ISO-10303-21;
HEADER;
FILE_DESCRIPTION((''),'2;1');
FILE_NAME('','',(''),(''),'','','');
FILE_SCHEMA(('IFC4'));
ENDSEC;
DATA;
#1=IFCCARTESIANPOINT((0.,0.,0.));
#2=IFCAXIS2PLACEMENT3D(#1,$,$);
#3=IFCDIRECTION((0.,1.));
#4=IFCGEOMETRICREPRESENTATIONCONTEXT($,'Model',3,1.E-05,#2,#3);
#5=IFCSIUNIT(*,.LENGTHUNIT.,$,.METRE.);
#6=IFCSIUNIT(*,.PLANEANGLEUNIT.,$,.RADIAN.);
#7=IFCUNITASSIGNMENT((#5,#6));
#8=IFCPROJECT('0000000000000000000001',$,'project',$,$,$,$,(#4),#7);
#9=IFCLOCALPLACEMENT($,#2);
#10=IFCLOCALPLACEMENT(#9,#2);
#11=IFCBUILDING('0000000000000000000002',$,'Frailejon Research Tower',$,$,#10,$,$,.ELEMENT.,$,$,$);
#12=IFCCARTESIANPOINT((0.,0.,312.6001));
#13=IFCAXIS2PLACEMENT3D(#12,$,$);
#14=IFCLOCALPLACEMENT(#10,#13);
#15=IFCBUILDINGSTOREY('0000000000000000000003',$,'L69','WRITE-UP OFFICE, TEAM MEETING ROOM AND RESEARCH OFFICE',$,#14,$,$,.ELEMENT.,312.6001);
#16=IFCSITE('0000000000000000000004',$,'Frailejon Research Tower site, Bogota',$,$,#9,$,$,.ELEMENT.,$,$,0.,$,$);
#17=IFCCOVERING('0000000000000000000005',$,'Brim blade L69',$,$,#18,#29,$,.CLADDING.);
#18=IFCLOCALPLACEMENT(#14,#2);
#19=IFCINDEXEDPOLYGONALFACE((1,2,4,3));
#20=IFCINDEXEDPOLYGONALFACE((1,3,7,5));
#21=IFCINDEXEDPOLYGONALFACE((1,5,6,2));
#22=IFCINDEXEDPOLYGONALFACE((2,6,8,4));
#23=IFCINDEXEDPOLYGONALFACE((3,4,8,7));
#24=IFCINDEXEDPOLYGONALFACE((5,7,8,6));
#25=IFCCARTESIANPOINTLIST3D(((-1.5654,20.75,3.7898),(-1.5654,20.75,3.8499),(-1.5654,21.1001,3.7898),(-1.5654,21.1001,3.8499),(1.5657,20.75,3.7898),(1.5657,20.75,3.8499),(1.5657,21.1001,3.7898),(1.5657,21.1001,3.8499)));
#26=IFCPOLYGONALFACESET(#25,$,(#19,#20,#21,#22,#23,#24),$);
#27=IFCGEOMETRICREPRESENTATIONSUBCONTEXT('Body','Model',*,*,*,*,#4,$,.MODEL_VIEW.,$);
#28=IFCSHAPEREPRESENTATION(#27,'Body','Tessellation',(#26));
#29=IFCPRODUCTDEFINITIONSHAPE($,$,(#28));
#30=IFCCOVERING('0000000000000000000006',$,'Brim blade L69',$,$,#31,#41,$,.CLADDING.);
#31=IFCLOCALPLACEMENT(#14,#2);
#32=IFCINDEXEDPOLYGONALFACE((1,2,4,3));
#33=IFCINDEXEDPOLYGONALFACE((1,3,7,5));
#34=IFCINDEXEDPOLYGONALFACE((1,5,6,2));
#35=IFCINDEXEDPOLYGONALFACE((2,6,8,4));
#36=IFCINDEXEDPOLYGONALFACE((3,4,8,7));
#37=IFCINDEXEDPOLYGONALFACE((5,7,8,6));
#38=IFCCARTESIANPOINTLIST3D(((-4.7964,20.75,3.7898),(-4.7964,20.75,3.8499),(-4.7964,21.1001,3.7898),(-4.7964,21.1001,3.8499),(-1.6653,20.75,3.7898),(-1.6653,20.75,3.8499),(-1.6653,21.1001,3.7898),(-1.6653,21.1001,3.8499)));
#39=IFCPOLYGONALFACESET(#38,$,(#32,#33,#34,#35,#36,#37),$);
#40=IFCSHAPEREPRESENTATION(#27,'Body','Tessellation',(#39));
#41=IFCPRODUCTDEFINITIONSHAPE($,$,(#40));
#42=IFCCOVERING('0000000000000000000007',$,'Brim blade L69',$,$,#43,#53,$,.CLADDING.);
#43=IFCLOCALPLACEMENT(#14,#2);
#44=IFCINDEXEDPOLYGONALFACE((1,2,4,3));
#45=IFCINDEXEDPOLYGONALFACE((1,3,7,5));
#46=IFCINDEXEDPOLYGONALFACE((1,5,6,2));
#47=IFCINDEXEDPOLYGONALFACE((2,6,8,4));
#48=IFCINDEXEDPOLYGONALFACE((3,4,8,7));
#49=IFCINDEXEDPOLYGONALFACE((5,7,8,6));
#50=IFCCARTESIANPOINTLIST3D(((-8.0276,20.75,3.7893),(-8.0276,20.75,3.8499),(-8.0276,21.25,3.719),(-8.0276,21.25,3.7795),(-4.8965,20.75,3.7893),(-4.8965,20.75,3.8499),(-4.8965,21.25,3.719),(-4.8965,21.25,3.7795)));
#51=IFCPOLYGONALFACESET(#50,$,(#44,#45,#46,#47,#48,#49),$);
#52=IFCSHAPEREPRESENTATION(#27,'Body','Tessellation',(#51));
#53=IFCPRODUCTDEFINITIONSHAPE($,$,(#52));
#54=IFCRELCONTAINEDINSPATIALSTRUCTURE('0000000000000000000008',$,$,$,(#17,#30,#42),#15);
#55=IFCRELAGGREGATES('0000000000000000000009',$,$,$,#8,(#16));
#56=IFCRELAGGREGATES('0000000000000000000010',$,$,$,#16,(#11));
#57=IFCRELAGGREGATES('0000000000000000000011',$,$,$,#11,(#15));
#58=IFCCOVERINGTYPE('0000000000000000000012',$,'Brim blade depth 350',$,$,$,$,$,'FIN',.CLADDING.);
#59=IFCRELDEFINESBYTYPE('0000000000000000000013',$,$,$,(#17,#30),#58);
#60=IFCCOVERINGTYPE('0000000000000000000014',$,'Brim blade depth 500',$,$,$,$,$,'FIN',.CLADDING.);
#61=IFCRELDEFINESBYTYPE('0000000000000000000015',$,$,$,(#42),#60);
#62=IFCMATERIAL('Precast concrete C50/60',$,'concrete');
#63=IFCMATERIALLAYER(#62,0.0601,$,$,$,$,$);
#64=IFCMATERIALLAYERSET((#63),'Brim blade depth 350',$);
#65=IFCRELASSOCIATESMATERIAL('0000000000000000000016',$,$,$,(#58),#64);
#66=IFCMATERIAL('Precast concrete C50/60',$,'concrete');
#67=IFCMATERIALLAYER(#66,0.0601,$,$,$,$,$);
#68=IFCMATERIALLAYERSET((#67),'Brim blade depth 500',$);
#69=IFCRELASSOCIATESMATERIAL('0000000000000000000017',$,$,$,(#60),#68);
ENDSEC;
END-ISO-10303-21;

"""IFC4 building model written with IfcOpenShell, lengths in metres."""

from ifc_helpers import new_model, si_unit, direction, frame, origin, place, context, subcontext, project, spatial, polyline, outline, extrude, material, layer, layer_set, type_object, element, save


model = new_model("IFC4")

# Units and contexts
model_context = context("Model", 3, precision=1e-05, world=origin(), true_north=direction((0.0, 1.0)))
body_context = subcontext(model_context, "Body", "Model", "MODEL_VIEW")
ifc_project = project(units=[si_unit("LENGTHUNIT", "METRE"), si_unit("PLANEANGLEUNIT", "RADIAN")], contexts=[model_context])

# Site, building, storey
site_placement = place(None, origin())
site = spatial("IfcSite", under=ifc_project, at=site_placement, Name="Frailejon Research Tower site, Bogota", CompositionType="ELEMENT", RefElevation=0.0)
building_placement = place(site_placement, origin())
building = spatial("IfcBuilding", under=site, at=building_placement, Name="Frailejon Research Tower", CompositionType="ELEMENT")
storey_placement = place(building_placement, frame((0.0, 0.0, 312.6001)))
storey = spatial("IfcBuildingStorey", under=building, at=storey_placement, Name="L69", Description="WRITE-UP OFFICE, TEAM MEETING ROOM AND RESEARCH OFFICE", CompositionType="ELEMENT", Elevation=312.6001)

# Coverings
ifc_material_1 = material(Name="Precast concrete C50/60", Category="concrete")
ifc_layer_1 = layer(ifc_material_1, 0.0601)
ifc_layer_set_1 = layer_set([ifc_layer_1], Name="Brim blade depth 350")
covering_type_1 = type_object("IfcCoveringType", Name="Brim blade depth 350", ElementType="FIN", PredefinedType="CLADDING", material=ifc_layer_set_1)
for number, where, z_axis, x_axis, name in (
    (1, (-1.5654, 20.75, 3.8499), (1.0, 0.0, 0.0), (0.0, 1.0, 0.0), "Brim blade L69"),
    (2, (-4.7964, 20.75, 3.8499), (1.0, 0.0, 0.0), (0.0, 1.0, 0.0), "Brim blade L69"),
):
    element("IfcCovering", number, at=place(storey_placement, frame(where, z_axis=z_axis, x_axis=x_axis)), inside=storey, type_object=covering_type_1, Name=name, PredefinedType="CLADDING", context=body_context, shape_type="SweptSolid", body=[
        extrude(outline(polyline([(0.0, -0.0601), (0.3501, -0.0601), (0.3501, 0.0), (0.0, 0.0), (0.0, -0.0601)])), origin(), (0.0, 0.0, 1.0), 3.1311),
    ])
ifc_material_2 = material(Name="Precast concrete C50/60", Category="concrete")
ifc_layer_2 = layer(ifc_material_2, 0.0601)
ifc_layer_set_2 = layer_set([ifc_layer_2], Name="Brim blade depth 500")
covering_type_2 = type_object("IfcCoveringType", Name="Brim blade depth 500", ElementType="FIN", PredefinedType="CLADDING", material=ifc_layer_set_2)
covering_placement = place(storey_placement, frame((-8.0276, 20.75, 3.8499), z_axis=(1.0, 0.0, 0.0), x_axis=(0.0, 1.0, 0.0)))
element("IfcCovering", 3, at=covering_placement, inside=storey, type_object=covering_type_2, Name="Brim blade L69", PredefinedType="CLADDING", context=body_context, shape_type="SweptSolid", body=[
    extrude(outline(polyline([(0.0, -0.0605), (0.5, -0.1309), (0.5, -0.0703), (0.0, 0.0), (0.0, -0.0605)])), origin(), (0.0, 0.0, 1.0), 3.1311),
])

save(model, "model.ifc")
